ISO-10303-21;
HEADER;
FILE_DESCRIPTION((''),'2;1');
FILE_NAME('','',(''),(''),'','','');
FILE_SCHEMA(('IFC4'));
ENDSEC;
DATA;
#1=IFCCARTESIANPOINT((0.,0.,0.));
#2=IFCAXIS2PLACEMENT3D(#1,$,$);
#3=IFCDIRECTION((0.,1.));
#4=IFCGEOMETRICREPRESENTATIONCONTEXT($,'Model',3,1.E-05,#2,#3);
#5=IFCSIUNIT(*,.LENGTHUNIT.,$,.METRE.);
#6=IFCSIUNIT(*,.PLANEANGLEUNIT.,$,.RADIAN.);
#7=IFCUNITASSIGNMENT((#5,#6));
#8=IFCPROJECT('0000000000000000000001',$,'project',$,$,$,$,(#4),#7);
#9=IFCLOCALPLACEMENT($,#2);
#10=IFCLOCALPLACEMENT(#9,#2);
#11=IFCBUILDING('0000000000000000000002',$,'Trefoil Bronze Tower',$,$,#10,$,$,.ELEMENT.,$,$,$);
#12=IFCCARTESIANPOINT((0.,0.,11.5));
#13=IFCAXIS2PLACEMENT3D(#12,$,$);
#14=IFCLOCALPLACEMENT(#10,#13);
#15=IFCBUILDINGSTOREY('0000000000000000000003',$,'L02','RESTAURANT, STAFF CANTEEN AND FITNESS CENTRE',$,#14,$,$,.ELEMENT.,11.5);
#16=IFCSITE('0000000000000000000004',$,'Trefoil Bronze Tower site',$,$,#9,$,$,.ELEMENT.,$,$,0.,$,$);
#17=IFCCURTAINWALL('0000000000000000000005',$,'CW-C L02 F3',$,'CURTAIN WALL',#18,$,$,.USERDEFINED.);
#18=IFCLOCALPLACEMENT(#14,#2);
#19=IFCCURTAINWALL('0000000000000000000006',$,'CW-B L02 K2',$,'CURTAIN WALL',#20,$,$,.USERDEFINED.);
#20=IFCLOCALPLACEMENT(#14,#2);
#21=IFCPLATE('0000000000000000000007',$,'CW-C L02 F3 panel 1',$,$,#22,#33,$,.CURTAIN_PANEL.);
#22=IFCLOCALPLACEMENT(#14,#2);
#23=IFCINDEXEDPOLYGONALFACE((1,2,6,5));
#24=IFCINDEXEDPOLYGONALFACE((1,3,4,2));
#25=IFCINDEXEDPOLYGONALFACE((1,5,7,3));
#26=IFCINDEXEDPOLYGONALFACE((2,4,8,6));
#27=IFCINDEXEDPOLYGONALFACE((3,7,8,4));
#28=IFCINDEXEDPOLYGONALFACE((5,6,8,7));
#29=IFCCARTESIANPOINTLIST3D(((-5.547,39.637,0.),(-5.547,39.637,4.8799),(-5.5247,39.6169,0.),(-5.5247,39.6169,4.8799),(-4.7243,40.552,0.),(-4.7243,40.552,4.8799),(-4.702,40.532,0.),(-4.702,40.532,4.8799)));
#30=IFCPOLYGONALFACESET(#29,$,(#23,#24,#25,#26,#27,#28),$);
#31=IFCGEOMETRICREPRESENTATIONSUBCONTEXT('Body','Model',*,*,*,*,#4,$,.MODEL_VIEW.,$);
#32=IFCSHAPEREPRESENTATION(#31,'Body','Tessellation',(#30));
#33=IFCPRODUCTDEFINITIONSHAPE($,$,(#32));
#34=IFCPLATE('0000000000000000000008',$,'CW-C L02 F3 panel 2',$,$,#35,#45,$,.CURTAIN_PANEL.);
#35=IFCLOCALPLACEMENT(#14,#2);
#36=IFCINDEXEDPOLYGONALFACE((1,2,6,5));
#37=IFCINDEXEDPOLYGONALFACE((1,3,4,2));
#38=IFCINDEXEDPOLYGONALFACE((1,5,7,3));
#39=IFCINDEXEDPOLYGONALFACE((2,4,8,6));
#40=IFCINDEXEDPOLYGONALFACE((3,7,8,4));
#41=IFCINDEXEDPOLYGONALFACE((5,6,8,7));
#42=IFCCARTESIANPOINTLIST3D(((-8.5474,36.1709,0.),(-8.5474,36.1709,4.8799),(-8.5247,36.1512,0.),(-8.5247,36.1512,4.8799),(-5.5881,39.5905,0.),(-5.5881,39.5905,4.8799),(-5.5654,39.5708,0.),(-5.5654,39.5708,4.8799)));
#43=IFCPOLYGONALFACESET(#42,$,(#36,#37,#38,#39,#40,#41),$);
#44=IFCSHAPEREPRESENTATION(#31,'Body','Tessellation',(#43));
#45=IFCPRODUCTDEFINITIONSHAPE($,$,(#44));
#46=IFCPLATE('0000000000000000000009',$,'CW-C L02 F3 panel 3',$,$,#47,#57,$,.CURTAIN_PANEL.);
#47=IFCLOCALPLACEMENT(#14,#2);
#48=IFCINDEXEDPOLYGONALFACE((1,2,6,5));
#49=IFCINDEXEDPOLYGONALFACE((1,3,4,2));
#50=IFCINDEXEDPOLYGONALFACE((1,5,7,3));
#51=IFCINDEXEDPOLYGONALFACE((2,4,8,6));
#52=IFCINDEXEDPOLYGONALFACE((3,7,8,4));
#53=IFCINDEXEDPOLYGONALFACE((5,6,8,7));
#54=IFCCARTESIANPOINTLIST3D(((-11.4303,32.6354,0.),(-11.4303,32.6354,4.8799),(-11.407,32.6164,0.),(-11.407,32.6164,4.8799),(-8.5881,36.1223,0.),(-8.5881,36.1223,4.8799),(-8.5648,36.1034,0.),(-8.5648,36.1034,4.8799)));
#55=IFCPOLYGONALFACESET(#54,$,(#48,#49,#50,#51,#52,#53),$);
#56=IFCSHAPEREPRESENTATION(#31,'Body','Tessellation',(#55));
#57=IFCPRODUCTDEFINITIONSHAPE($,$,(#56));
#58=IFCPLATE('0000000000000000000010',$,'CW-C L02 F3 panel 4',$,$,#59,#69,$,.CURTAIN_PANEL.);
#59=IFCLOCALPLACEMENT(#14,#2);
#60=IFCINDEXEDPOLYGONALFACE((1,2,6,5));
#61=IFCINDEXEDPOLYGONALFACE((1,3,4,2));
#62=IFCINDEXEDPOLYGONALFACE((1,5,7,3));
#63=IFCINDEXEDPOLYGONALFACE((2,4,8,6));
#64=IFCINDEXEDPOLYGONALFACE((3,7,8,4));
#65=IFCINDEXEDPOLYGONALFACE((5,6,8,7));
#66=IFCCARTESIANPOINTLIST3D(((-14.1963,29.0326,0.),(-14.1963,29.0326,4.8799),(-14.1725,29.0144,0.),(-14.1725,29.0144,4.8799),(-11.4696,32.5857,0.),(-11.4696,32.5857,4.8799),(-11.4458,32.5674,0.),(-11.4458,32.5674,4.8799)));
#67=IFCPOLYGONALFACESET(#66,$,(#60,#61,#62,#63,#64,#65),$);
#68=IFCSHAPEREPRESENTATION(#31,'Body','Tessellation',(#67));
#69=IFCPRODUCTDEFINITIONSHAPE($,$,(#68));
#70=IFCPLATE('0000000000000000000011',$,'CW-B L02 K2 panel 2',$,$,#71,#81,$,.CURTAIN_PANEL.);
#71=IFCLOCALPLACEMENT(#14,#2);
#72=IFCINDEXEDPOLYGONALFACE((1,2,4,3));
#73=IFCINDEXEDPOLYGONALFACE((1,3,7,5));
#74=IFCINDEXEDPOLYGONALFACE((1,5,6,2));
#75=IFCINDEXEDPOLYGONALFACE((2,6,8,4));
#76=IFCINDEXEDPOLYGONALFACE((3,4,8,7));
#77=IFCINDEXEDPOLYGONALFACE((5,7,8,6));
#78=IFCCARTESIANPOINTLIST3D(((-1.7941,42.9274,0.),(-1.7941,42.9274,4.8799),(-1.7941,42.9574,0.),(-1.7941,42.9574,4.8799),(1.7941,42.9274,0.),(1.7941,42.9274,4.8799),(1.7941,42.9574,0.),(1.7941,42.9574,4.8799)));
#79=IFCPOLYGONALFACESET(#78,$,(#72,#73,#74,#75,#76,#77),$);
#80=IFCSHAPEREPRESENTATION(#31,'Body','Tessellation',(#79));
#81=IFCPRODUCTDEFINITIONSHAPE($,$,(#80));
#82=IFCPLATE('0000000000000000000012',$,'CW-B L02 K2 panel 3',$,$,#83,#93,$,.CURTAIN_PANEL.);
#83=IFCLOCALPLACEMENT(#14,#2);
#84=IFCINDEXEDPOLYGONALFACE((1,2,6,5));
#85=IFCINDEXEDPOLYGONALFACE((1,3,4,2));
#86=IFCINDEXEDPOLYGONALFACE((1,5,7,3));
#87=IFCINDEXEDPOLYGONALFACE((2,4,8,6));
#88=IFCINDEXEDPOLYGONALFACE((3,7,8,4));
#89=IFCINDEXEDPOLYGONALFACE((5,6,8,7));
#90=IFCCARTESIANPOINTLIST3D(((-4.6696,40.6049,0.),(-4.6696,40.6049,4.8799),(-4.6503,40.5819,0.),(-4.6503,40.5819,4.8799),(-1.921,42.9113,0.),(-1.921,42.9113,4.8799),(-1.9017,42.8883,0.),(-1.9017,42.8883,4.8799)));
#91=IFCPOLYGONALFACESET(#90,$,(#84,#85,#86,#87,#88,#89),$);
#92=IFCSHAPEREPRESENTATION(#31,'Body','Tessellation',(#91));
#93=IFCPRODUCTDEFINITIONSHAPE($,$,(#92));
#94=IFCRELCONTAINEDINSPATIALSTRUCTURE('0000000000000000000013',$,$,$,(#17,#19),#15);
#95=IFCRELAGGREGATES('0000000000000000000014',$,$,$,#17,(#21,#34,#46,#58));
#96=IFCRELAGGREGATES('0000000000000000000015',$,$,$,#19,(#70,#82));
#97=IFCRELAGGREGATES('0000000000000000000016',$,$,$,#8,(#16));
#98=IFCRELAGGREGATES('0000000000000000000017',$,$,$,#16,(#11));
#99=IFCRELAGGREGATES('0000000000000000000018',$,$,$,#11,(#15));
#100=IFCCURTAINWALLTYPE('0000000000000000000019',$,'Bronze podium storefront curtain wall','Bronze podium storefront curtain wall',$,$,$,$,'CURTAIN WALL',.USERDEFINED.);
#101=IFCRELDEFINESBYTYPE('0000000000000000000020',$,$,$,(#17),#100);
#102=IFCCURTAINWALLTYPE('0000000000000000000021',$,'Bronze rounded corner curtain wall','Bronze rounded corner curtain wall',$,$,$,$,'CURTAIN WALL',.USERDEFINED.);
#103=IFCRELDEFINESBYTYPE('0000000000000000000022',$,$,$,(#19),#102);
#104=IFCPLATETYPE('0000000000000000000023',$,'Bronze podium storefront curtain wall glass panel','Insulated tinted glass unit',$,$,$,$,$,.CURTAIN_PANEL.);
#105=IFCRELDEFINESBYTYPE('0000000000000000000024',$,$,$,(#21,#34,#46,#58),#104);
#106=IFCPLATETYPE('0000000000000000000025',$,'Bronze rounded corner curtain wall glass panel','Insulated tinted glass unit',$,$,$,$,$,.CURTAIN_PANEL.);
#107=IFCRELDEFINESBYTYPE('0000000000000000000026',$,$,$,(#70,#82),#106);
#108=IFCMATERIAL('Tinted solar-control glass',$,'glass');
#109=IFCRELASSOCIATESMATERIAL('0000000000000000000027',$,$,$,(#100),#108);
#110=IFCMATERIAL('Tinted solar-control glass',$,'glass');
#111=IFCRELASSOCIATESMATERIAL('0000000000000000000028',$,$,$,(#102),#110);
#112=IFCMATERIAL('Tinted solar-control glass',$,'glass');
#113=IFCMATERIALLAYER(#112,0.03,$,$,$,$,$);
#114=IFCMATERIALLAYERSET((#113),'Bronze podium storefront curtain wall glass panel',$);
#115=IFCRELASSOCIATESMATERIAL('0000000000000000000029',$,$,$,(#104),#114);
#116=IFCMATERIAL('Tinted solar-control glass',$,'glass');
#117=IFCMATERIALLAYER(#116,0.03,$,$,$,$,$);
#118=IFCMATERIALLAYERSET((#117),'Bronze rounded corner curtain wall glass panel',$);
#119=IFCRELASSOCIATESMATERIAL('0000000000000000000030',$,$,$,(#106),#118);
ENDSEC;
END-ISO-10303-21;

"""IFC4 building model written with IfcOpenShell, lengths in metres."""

from ifc_helpers import new_model, si_unit, direction, frame, origin, origin_2d, place, context, subcontext, project, spatial, rectangle, extrude, material, layer, layer_set, type_object, element, aggregate, save


model = new_model("IFC4")

# Units and contexts
model_context = context("Model", 3, precision=1e-05, world=origin(), true_north=direction((0.0, 1.0)))
body_context = subcontext(model_context, "Body", "Model", "MODEL_VIEW")
ifc_project = project(units=[si_unit("LENGTHUNIT", "METRE"), si_unit("PLANEANGLEUNIT", "RADIAN")], contexts=[model_context])

# Site, building, storey
site_placement = place(None, origin())
site = spatial("IfcSite", under=ifc_project, at=site_placement, Name="Trefoil Bronze Tower site", CompositionType="ELEMENT", RefElevation=0.0)
building_placement = place(site_placement, origin())
building = spatial("IfcBuilding", under=site, at=building_placement, Name="Trefoil Bronze Tower", CompositionType="ELEMENT")
storey_placement = place(building_placement, frame((0.0, 0.0, 11.5)))
storey = spatial("IfcBuildingStorey", under=building, at=storey_placement, Name="L02", Description="RESTAURANT, STAFF CANTEEN AND FITNESS CENTRE", CompositionType="ELEMENT", Elevation=11.5)

# Curtain walls
ifc_material_1 = material(Name="Tinted solar-control glass", Category="glass")
curtain_wall_type_1 = type_object("IfcCurtainWallType", Name="Bronze podium storefront curtain wall", Description="Bronze podium storefront curtain wall", ElementType="CURTAIN WALL", PredefinedType="USERDEFINED", material=ifc_material_1)
curtain_wall_1_placement = place(storey_placement, origin())
curtain_wall_1 = element("IfcCurtainWall", 1, at=curtain_wall_1_placement, inside=storey, type_object=curtain_wall_type_1, Name="CW-C L02 F3", ObjectType="CURTAIN WALL", PredefinedType="USERDEFINED")
ifc_material_2 = material(Name="Tinted solar-control glass", Category="glass")
curtain_wall_type_2 = type_object("IfcCurtainWallType", Name="Bronze rounded corner curtain wall", Description="Bronze rounded corner curtain wall", ElementType="CURTAIN WALL", PredefinedType="USERDEFINED", material=ifc_material_2)
curtain_wall_2_placement = place(storey_placement, origin())
curtain_wall_2 = element("IfcCurtainWall", 2, at=curtain_wall_2_placement, inside=storey, type_object=curtain_wall_type_2, Name="CW-B L02 K2", ObjectType="CURTAIN WALL", PredefinedType="USERDEFINED")

# Plates
ifc_material_3 = material(Name="Tinted solar-control glass", Category="glass")
ifc_layer_1 = layer(ifc_material_3, 0.03)
ifc_layer_set_1 = layer_set([ifc_layer_1], Name="Bronze podium storefront curtain wall glass panel")
plate_type_1 = type_object("IfcPlateType", Name="Bronze podium storefront curtain wall glass panel", Description="Insulated tinted glass unit", PredefinedType="CURTAIN_PANEL", material=ifc_layer_set_1)
plate_1_placement = place(storey_placement, frame((-5.1245, 40.0845, 0.0), z_axis=(0.0, 0.0, 1.0), x_axis=(-0.668575, -0.743645, 0.0)))
plate_1 = element("IfcPlate", 3, at=plate_1_placement, type_object=plate_type_1, Name="CW-C L02 F3 panel 1", PredefinedType="CURTAIN_PANEL", context=body_context, shape_type="SweptSolid", body=[
    extrude(rectangle(XDim=1.2305, YDim=0.03, at=origin_2d()), origin(), (0.0, 0.0, 1.0), 4.8799),
])
plate_2_placement = place(storey_placement, frame((-7.0564, 37.8708, 0.0), z_axis=(0.0, 0.0, 1.0), x_axis=(-0.654376, -0.756169, 0.0)))
plate_2 = element("IfcPlate", 4, at=plate_2_placement, type_object=plate_type_1, Name="CW-C L02 F3 panel 2", PredefinedType="CURTAIN_PANEL", context=body_context, shape_type="SweptSolid", body=[
    extrude(rectangle(XDim=4.5222, YDim=0.03, at=origin_2d()), origin(), (0.0, 0.0, 1.0), 4.8799),
])
plate_3_placement = place(storey_placement, frame((-9.9976, 34.3694, 0.0), z_axis=(0.0, 0.0, 1.0), x_axis=(-0.631811, -0.775123, 0.0)))
plate_3 = element("IfcPlate", 5, at=plate_3_placement, type_object=plate_type_1, Name="CW-C L02 F3 panel 3", PredefinedType="CURTAIN_PANEL", context=body_context, shape_type="SweptSolid", body=[
    extrude(rectangle(XDim=4.4985, YDim=0.03, at=origin_2d()), origin(), (0.0, 0.0, 1.0), 4.8799),
])
plate_4_placement = place(storey_placement, frame((-12.821, 30.8, 0.0), z_axis=(0.0, 0.0, 1.0), x_axis=(-0.608808, -0.793318, 0.0)))
plate_4 = element("IfcPlate", 6, at=plate_4_placement, type_object=plate_type_1, Name="CW-C L02 F3 panel 4", PredefinedType="CURTAIN_PANEL", context=body_context, shape_type="SweptSolid", body=[
    extrude(rectangle(XDim=4.4788, YDim=0.03, at=origin_2d()), origin(), (0.0, 0.0, 1.0), 4.8799),
])
aggregate(curtain_wall_1, [plate_1, plate_2, plate_3, plate_4])
ifc_material_4 = material(Name="Tinted solar-control glass", Category="glass")
ifc_layer_2 = layer(ifc_material_4, 0.03)
ifc_layer_set_2 = layer_set([ifc_layer_2], Name="Bronze rounded corner curtain wall glass panel")
plate_type_2 = type_object("IfcPlateType", Name="Bronze rounded corner curtain wall glass panel", Description="Insulated tinted glass unit", PredefinedType="CURTAIN_PANEL", material=ifc_layer_set_2)
plate_5_placement = place(storey_placement, frame((0.0, 42.9424, 0.0), z_axis=(0.0, 0.0, 1.0), x_axis=(-1.0, 0.0, 0.0)))
plate_5 = element("IfcPlate", 7, at=plate_5_placement, type_object=plate_type_2, Name="CW-B L02 K2 panel 2", PredefinedType="CURTAIN_PANEL", context=body_context, shape_type="SweptSolid", body=[
    extrude(rectangle(XDim=3.5881, YDim=0.03, at=origin_2d()), origin(), (0.0, 0.0, 1.0), 4.8799),
])
plate_6_placement = place(storey_placement, frame((-3.2856, 41.7466, 0.0), z_axis=(0.0, 0.0, 1.0), x_axis=(-0.766044, -0.642788, 0.0)))
plate_6 = element("IfcPlate", 8, at=plate_6_placement, type_object=plate_type_2, Name="CW-B L02 K2 panel 3", PredefinedType="CURTAIN_PANEL", context=body_context, shape_type="SweptSolid", body=[
    extrude(rectangle(XDim=3.5881, YDim=0.03, at=origin_2d()), origin(), (0.0, 0.0, 1.0), 4.8799),
])
aggregate(curtain_wall_2, [plate_5, plate_6])

save(model, "model.ifc")
